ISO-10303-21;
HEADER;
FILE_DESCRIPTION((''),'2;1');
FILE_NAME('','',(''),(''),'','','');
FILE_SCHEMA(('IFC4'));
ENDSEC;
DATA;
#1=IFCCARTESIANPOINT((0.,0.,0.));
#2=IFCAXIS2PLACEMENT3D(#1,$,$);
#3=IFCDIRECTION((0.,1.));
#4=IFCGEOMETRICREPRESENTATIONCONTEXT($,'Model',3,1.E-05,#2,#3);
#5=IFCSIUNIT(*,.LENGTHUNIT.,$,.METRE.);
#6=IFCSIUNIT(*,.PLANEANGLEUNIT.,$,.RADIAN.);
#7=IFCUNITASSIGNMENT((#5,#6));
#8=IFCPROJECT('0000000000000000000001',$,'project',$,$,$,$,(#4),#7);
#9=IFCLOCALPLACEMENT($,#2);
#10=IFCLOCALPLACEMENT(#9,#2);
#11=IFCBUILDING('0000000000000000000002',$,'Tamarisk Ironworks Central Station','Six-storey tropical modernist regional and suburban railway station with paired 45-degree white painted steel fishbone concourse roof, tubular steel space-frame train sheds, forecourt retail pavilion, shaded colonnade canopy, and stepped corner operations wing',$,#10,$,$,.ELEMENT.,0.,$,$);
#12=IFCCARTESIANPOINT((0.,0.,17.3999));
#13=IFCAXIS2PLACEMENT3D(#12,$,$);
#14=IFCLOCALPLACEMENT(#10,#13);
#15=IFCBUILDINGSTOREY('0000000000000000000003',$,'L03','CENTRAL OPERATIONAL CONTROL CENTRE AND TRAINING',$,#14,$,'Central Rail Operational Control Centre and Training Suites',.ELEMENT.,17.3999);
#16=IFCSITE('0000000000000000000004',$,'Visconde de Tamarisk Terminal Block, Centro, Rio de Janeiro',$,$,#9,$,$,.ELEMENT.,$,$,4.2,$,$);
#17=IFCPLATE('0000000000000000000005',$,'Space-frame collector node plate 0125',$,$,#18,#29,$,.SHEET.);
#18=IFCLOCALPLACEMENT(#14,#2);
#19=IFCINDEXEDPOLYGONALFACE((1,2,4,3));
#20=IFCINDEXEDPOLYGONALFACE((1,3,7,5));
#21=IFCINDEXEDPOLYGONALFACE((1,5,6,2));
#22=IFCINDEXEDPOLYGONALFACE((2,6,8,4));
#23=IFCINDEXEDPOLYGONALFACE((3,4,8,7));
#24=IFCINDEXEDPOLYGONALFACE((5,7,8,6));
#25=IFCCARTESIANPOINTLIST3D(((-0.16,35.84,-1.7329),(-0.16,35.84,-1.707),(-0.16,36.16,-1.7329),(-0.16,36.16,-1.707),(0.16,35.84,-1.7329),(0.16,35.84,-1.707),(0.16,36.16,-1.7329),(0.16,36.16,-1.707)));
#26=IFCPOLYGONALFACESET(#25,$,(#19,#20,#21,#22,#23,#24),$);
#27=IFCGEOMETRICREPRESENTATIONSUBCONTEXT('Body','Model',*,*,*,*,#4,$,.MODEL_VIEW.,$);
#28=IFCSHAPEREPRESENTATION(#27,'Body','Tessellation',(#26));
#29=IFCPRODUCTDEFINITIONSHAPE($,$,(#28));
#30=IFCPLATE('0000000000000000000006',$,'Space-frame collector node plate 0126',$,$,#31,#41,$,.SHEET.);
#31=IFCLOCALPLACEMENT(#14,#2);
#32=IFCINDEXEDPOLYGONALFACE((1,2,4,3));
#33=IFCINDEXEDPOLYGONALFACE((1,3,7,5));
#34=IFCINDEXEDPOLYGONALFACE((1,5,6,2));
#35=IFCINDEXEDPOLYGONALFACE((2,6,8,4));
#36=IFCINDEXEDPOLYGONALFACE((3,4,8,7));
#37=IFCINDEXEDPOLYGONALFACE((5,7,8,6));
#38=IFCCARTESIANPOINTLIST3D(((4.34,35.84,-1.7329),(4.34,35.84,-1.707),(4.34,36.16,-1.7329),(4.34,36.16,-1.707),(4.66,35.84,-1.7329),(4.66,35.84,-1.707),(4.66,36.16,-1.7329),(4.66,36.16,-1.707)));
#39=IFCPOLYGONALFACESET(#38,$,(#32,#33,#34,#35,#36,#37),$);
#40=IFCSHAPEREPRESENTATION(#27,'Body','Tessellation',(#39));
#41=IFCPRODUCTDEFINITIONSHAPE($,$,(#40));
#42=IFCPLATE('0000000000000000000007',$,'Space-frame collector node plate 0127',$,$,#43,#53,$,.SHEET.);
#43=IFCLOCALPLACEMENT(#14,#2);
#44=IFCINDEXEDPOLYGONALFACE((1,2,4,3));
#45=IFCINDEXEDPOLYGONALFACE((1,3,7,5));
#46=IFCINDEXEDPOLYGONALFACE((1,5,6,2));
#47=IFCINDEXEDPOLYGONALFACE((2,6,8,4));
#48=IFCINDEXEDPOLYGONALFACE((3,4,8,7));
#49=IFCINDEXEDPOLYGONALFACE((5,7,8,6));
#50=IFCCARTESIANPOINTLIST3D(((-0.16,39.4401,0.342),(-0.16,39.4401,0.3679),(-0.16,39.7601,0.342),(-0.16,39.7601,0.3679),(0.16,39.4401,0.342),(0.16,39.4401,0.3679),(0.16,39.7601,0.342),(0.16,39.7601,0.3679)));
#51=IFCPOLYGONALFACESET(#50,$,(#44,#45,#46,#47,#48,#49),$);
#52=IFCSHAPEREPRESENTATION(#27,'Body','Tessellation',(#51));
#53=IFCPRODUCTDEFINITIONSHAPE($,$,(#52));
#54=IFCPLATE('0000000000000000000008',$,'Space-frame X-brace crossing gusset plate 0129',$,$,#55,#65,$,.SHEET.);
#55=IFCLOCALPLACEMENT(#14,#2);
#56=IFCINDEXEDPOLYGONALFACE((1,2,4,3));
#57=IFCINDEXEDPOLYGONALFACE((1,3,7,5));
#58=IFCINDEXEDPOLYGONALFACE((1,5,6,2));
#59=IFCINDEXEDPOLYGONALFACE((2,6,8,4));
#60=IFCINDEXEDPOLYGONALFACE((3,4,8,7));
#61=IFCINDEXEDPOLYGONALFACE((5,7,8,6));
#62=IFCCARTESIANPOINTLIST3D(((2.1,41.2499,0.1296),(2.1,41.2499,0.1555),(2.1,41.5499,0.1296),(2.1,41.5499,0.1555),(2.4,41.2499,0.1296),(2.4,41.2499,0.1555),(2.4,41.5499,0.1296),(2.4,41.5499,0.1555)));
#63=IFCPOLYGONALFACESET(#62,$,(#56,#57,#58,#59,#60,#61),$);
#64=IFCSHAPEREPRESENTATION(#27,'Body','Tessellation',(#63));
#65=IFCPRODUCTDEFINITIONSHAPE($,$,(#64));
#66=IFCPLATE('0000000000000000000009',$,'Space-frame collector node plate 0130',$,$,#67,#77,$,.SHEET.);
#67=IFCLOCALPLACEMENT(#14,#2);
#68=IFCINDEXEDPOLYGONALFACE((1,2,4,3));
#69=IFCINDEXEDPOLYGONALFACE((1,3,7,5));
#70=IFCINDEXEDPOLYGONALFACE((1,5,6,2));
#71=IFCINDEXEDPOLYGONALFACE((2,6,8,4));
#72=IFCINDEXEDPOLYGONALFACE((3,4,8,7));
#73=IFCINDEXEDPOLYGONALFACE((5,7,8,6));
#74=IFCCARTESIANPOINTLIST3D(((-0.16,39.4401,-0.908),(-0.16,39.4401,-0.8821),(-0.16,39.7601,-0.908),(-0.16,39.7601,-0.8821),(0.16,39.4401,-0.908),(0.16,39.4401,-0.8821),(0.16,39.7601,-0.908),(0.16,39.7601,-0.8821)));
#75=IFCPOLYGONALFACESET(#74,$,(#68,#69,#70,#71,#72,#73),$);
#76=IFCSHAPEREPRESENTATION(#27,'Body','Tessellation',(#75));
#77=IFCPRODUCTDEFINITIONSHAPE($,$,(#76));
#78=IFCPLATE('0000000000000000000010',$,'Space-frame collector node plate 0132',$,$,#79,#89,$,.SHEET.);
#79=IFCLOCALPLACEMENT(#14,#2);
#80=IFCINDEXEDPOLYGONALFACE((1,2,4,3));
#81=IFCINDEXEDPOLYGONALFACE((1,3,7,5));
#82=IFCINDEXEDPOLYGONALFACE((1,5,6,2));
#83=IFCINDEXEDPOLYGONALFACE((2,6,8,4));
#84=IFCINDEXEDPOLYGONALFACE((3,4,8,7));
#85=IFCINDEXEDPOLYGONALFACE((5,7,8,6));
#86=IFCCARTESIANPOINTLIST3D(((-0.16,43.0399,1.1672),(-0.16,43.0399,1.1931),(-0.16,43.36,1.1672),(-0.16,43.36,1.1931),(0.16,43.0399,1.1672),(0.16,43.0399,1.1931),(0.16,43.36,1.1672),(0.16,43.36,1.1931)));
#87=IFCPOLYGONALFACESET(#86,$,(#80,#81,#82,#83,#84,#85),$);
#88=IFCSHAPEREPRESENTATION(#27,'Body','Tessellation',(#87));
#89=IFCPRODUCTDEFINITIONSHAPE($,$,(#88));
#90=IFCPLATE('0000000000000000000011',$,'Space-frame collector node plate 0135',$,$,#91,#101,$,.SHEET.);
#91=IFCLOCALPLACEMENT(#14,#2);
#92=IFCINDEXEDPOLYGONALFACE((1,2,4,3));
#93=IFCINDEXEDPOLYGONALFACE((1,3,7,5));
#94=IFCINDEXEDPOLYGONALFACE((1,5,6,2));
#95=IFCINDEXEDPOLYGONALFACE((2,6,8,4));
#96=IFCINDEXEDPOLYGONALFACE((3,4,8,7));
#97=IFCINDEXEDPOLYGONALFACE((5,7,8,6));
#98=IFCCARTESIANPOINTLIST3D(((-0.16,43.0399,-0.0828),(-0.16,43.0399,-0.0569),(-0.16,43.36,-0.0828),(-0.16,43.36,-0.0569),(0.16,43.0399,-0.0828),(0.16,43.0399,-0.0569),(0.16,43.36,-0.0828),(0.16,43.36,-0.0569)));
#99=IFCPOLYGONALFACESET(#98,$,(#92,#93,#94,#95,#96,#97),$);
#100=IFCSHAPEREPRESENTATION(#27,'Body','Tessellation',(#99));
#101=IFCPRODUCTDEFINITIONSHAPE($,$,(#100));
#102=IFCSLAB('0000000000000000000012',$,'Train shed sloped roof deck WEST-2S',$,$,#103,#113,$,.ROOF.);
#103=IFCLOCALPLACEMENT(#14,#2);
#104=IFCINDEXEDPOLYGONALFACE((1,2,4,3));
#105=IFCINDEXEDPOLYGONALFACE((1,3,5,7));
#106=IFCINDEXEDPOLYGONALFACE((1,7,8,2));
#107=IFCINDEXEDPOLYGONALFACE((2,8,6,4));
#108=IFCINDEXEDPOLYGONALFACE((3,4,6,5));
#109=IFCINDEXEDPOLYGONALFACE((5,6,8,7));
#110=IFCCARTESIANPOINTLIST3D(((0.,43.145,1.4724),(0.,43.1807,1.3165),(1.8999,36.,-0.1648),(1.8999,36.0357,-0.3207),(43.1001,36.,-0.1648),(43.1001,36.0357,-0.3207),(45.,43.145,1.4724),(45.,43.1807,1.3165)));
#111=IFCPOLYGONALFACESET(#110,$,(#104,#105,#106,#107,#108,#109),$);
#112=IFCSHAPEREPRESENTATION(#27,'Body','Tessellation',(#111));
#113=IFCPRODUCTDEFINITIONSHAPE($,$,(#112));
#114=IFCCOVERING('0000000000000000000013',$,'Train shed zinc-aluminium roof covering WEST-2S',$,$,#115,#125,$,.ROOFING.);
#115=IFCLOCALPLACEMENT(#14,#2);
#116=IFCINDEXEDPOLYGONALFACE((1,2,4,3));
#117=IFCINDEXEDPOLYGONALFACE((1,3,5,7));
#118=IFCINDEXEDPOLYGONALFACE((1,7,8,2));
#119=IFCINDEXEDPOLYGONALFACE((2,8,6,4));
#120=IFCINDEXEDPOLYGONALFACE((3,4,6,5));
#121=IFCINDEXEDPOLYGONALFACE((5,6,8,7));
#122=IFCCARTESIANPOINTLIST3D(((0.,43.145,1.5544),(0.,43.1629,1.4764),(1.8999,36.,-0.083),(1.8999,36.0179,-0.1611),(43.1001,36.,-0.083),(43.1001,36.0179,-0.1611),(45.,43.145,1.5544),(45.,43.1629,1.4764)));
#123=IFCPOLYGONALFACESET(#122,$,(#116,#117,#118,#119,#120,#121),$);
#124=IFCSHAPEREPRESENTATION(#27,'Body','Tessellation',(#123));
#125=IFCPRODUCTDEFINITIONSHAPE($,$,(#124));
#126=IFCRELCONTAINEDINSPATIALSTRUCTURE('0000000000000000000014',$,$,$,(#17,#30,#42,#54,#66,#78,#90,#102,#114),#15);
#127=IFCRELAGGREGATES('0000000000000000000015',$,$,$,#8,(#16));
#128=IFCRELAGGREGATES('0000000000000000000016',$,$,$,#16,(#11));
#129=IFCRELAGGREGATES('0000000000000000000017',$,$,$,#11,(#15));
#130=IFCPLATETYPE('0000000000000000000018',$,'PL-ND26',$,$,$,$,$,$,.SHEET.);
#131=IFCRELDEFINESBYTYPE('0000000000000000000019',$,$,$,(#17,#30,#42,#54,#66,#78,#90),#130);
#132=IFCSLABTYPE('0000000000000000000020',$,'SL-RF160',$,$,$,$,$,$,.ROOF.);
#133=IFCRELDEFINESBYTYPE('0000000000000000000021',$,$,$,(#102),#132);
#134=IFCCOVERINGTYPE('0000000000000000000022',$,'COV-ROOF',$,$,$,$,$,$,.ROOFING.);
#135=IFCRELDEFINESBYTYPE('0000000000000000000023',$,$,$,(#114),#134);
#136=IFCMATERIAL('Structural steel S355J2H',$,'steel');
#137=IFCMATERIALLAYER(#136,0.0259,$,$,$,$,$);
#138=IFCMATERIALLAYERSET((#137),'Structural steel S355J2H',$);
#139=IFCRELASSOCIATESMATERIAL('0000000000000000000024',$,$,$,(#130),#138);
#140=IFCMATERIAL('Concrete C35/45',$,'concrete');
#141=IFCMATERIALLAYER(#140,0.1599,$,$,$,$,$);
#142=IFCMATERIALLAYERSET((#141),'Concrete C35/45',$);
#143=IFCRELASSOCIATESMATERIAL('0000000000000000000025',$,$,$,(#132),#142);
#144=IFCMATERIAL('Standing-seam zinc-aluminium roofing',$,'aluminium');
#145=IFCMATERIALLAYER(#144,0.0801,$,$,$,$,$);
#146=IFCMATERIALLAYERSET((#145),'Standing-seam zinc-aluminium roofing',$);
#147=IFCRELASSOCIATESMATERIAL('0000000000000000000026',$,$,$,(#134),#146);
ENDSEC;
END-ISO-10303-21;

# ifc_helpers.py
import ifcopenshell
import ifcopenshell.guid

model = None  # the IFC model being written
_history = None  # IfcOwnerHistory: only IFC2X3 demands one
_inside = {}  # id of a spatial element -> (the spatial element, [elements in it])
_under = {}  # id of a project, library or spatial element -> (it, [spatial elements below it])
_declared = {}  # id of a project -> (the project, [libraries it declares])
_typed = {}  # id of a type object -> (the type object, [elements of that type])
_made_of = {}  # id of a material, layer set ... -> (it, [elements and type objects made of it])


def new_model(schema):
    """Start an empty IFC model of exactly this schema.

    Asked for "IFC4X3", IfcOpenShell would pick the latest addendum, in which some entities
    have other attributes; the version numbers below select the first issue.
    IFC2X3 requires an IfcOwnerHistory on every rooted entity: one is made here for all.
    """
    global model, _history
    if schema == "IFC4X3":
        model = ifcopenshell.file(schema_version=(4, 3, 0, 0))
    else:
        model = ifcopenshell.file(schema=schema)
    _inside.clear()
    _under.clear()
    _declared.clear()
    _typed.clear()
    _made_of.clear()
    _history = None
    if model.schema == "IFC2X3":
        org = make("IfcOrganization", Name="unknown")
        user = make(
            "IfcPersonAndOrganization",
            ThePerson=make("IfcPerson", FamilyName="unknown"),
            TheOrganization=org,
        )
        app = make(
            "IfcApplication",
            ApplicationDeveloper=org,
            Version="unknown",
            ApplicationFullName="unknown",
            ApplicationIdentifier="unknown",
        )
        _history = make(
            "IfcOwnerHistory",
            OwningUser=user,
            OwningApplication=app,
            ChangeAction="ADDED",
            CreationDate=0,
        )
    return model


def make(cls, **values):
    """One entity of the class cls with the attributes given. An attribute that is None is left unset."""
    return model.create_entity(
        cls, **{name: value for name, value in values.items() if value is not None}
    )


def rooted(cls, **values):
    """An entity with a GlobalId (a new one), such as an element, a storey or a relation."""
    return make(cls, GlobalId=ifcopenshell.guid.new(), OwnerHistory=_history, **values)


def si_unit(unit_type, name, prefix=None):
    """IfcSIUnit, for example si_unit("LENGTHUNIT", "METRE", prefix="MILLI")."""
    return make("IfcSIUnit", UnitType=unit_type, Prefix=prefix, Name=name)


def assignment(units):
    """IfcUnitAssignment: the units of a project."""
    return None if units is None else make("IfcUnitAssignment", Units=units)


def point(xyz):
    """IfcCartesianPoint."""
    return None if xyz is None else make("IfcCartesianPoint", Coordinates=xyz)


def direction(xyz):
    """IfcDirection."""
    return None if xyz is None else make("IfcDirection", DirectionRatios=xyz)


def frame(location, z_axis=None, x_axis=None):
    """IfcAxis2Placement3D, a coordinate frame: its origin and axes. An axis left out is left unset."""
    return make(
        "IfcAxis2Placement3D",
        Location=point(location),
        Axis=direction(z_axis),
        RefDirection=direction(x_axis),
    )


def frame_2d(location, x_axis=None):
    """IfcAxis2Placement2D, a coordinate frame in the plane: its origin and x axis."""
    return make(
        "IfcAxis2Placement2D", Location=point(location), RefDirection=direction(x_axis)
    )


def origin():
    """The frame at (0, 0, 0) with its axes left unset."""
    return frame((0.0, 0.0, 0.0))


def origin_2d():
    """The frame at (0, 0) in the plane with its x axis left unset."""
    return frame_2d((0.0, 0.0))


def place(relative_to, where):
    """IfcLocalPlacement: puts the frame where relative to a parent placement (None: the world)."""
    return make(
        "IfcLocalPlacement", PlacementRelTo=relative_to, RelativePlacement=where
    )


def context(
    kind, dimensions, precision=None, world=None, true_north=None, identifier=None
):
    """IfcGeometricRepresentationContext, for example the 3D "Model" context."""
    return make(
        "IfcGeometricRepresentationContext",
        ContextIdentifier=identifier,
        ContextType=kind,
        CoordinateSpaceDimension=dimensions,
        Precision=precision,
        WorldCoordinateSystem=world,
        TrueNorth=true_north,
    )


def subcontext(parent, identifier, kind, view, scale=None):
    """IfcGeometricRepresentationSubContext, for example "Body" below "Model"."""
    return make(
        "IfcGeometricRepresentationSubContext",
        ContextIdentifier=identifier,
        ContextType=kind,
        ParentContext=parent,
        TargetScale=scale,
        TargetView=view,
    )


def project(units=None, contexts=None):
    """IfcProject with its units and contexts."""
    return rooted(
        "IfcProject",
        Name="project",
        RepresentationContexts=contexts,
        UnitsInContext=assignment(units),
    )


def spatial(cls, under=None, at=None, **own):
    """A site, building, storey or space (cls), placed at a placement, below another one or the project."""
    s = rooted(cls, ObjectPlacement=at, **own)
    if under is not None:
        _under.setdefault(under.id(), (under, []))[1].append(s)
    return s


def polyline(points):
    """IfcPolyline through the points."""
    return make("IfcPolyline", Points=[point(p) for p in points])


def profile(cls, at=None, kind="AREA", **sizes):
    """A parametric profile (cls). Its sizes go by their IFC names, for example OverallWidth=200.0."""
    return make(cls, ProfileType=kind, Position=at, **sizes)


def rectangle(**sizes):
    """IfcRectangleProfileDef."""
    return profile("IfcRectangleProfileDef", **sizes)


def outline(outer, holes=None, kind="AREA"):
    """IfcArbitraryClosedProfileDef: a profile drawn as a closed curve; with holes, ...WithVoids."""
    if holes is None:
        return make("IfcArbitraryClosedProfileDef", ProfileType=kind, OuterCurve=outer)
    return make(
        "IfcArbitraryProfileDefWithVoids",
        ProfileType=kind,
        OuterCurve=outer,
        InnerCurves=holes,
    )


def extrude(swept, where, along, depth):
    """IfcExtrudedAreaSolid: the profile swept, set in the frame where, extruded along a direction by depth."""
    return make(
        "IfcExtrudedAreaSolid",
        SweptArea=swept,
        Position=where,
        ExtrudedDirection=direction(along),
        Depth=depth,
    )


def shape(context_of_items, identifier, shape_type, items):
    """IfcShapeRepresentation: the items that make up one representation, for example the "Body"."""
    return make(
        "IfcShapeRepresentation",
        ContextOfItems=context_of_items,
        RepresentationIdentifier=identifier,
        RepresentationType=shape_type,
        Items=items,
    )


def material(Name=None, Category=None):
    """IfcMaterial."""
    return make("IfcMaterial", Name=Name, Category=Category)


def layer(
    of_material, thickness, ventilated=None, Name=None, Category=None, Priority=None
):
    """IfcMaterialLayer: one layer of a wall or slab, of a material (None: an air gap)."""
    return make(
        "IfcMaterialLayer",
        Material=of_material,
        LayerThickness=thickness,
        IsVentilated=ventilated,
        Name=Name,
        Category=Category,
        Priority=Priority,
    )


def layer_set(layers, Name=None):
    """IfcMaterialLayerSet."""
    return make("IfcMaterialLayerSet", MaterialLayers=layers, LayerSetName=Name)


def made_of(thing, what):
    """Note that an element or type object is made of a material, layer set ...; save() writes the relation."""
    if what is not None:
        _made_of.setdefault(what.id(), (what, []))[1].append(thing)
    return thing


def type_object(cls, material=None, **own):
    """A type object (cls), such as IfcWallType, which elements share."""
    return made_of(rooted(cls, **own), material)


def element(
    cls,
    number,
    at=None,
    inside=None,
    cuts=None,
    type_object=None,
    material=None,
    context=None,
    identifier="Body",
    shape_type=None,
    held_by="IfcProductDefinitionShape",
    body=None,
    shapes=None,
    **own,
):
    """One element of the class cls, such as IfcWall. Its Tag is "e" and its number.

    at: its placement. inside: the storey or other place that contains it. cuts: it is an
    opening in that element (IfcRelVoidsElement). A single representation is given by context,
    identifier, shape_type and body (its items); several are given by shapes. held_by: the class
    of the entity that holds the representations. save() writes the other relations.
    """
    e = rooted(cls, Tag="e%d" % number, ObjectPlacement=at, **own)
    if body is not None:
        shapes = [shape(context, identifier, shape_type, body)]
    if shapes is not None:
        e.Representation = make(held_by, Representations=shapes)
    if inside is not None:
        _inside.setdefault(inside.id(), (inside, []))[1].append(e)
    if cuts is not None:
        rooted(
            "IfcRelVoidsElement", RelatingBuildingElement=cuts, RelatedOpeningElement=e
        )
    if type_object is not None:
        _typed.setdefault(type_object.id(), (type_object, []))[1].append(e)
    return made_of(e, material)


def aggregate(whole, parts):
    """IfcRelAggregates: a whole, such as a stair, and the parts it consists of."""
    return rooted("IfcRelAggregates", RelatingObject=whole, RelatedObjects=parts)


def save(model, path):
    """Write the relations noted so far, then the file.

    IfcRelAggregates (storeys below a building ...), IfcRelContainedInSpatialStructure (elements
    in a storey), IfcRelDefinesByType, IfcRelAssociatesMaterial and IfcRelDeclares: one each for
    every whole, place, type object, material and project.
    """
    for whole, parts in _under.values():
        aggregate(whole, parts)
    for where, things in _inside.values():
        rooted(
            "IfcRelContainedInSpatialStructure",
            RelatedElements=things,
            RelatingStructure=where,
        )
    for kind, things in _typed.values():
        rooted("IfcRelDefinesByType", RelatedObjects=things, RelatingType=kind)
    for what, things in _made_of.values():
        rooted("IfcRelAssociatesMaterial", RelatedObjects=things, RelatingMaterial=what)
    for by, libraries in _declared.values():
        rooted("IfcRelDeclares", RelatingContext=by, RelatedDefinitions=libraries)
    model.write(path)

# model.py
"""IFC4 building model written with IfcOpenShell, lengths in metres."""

from ifc_helpers import new_model, si_unit, direction, frame, origin, origin_2d, place, context, subcontext, project, spatial, polyline, rectangle, outline, extrude, material, layer, layer_set, type_object, element, save


model = new_model("IFC4")

# Units and contexts
model_context = context("Model", 3, precision=1e-05, world=origin(), true_north=direction((0.0, 1.0)))
body_context = subcontext(model_context, "Body", "Model", "MODEL_VIEW")
ifc_project = project(units=[si_unit("LENGTHUNIT", "METRE"), si_unit("PLANEANGLEUNIT", "RADIAN")], contexts=[model_context])

# Site, building, storey
site_placement = place(None, origin())
site = spatial("IfcSite", under=ifc_project, at=site_placement, Name="Visconde de Tamarisk Terminal Block, Centro, Rio de Janeiro", CompositionType="ELEMENT", RefElevation=4.2)
building_placement = place(site_placement, origin())
building = spatial("IfcBuilding", under=site, at=building_placement, Name="Tamarisk Ironworks Central Station", Description="Six-storey tropical modernist regional and suburban railway station with paired 45-degree white painted steel fishbone concourse roof, tubular steel space-frame train sheds, forecourt retail pavilion, shaded colonnade canopy, and stepped corner operations wing", CompositionType="ELEMENT", ElevationOfRefHeight=0.0)
storey_placement = place(building_placement, frame((0.0, 0.0, 17.3999)))
storey = spatial("IfcBuildingStorey", under=building, at=storey_placement, Name="L03", Description="CENTRAL OPERATIONAL CONTROL CENTRE AND TRAINING", LongName="Central Rail Operational Control Centre and Training Suites", CompositionType="ELEMENT", Elevation=17.3999)

# Shared definitions
ifc_material_1 = material(Name="Structural steel S355J2H", Category="steel")

# Plates
ifc_layer_1 = layer(ifc_material_1, 0.0259)
ifc_layer_set_1 = layer_set([ifc_layer_1], Name="Structural steel S355J2H")
plate_type = type_object("IfcPlateType", Name="PL-ND26", PredefinedType="SHEET", material=ifc_layer_set_1)
for number, where, z_axis, x_axis, name in (
    (1, (0.0, 36.0, -1.7329), (0.0, 0.0, 1.0), (1.0, 0.0, 0.0), "Space-frame collector node plate 0125"),
    (2, (4.5, 36.0, -1.7329), (0.0, 0.0, 1.0), (1.0, 0.0, 0.0), "Space-frame collector node plate 0126"),
    (3, (0.0, 39.6001, 0.342), (0.0, 0.0, 1.0), (1.0, 0.0, 0.0), "Space-frame collector node plate 0127"),
):
    element("IfcPlate", number, at=place(storey_placement, frame(where, z_axis=z_axis, x_axis=x_axis)), inside=storey, type_object=plate_type, Name=name, PredefinedType="SHEET", context=body_context, shape_type="SweptSolid", body=[
        extrude(rectangle(XDim=0.3201, YDim=0.3201, at=origin_2d()), origin(), (0.0, 0.0, 1.0), 0.0259),
    ])
plate_1_placement = place(storey_placement, frame((2.25, 41.3999, 0.1296), z_axis=(0.0, 0.0, 1.0), x_axis=(1.0, 0.0, 0.0)))
element("IfcPlate", 4, at=plate_1_placement, inside=storey, type_object=plate_type, Name="Space-frame X-brace crossing gusset plate 0129", PredefinedType="SHEET", context=body_context, shape_type="SweptSolid", body=[
    extrude(rectangle(XDim=0.3, YDim=0.3, at=origin_2d()), origin(), (0.0, 0.0, 1.0), 0.0259),
])
for number, where, z_axis, x_axis, name in (
    (5, (0.0, 39.6001, -0.908), (0.0, 0.0, 1.0), (1.0, 0.0, 0.0), "Space-frame collector node plate 0130"),
    (6, (0.0, 43.2, 1.1672), (0.0, 0.0, 1.0), (1.0, 0.0, 0.0), "Space-frame collector node plate 0132"),
    (7, (0.0, 43.2, -0.0828), (0.0, 0.0, 1.0), (1.0, 0.0, 0.0), "Space-frame collector node plate 0135"),
):
    element("IfcPlate", number, at=place(storey_placement, frame(where, z_axis=z_axis, x_axis=x_axis)), inside=storey, type_object=plate_type, Name=name, PredefinedType="SHEET", context=body_context, shape_type="SweptSolid", body=[
        extrude(rectangle(XDim=0.3201, YDim=0.3201, at=origin_2d()), origin(), (0.0, 0.0, 1.0), 0.0259),
    ])

# Slab
ifc_material_2 = material(Name="Concrete C35/45", Category="concrete")
ifc_layer_2 = layer(ifc_material_2, 0.1599)
ifc_layer_set_2 = layer_set([ifc_layer_2], Name="Concrete C35/45")
slab_type = type_object("IfcSlabType", Name="SL-RF160", PredefinedType="ROOF", material=ifc_layer_set_2)
slab_placement = place(storey_placement, frame((1.8999, 36.0, -0.1648), z_axis=(0.0, -0.223351, 0.974738), x_axis=(1.0, 0.0, 0.0)))
element("IfcSlab", 8, at=slab_placement, inside=storey, type_object=slab_type, Name="Train shed sloped roof deck WEST-2S", PredefinedType="ROOF", context=body_context, shape_type="SweptSolid", body=[
    extrude(outline(polyline([(0.0, 0.0), (41.2002, 0.0), (43.1001, 7.3302), (-1.8999, 7.3302), (0.0, 0.0)])), origin(), (0.0, 0.0, -1.0), 0.1599),
])

# Covering
ifc_material_3 = material(Name="Standing-seam zinc-aluminium roofing", Category="aluminium")
ifc_layer_3 = layer(ifc_material_3, 0.0801)
ifc_layer_set_3 = layer_set([ifc_layer_3], Name="Standing-seam zinc-aluminium roofing")
covering_type = type_object("IfcCoveringType", Name="COV-ROOF", PredefinedType="ROOFING", material=ifc_layer_set_3)
covering_placement = place(storey_placement, frame((1.8999, 36.0, -0.083), z_axis=(0.0, -0.223383, 0.974731), x_axis=(1.0, 0.0, 0.0)))
element("IfcCovering", 9, at=covering_placement, inside=storey, type_object=covering_type, Name="Train shed zinc-aluminium roof covering WEST-2S", PredefinedType="ROOFING", context=body_context, shape_type="SweptSolid", body=[
    extrude(outline(polyline([(0.0, 0.0), (41.2002, 0.0), (43.1001, 7.3302), (-1.8999, 7.3302), (0.0, 0.0)])), origin(), (0.0, 0.0, -1.0), 0.0801),
])

save(model, "model.ifc")
